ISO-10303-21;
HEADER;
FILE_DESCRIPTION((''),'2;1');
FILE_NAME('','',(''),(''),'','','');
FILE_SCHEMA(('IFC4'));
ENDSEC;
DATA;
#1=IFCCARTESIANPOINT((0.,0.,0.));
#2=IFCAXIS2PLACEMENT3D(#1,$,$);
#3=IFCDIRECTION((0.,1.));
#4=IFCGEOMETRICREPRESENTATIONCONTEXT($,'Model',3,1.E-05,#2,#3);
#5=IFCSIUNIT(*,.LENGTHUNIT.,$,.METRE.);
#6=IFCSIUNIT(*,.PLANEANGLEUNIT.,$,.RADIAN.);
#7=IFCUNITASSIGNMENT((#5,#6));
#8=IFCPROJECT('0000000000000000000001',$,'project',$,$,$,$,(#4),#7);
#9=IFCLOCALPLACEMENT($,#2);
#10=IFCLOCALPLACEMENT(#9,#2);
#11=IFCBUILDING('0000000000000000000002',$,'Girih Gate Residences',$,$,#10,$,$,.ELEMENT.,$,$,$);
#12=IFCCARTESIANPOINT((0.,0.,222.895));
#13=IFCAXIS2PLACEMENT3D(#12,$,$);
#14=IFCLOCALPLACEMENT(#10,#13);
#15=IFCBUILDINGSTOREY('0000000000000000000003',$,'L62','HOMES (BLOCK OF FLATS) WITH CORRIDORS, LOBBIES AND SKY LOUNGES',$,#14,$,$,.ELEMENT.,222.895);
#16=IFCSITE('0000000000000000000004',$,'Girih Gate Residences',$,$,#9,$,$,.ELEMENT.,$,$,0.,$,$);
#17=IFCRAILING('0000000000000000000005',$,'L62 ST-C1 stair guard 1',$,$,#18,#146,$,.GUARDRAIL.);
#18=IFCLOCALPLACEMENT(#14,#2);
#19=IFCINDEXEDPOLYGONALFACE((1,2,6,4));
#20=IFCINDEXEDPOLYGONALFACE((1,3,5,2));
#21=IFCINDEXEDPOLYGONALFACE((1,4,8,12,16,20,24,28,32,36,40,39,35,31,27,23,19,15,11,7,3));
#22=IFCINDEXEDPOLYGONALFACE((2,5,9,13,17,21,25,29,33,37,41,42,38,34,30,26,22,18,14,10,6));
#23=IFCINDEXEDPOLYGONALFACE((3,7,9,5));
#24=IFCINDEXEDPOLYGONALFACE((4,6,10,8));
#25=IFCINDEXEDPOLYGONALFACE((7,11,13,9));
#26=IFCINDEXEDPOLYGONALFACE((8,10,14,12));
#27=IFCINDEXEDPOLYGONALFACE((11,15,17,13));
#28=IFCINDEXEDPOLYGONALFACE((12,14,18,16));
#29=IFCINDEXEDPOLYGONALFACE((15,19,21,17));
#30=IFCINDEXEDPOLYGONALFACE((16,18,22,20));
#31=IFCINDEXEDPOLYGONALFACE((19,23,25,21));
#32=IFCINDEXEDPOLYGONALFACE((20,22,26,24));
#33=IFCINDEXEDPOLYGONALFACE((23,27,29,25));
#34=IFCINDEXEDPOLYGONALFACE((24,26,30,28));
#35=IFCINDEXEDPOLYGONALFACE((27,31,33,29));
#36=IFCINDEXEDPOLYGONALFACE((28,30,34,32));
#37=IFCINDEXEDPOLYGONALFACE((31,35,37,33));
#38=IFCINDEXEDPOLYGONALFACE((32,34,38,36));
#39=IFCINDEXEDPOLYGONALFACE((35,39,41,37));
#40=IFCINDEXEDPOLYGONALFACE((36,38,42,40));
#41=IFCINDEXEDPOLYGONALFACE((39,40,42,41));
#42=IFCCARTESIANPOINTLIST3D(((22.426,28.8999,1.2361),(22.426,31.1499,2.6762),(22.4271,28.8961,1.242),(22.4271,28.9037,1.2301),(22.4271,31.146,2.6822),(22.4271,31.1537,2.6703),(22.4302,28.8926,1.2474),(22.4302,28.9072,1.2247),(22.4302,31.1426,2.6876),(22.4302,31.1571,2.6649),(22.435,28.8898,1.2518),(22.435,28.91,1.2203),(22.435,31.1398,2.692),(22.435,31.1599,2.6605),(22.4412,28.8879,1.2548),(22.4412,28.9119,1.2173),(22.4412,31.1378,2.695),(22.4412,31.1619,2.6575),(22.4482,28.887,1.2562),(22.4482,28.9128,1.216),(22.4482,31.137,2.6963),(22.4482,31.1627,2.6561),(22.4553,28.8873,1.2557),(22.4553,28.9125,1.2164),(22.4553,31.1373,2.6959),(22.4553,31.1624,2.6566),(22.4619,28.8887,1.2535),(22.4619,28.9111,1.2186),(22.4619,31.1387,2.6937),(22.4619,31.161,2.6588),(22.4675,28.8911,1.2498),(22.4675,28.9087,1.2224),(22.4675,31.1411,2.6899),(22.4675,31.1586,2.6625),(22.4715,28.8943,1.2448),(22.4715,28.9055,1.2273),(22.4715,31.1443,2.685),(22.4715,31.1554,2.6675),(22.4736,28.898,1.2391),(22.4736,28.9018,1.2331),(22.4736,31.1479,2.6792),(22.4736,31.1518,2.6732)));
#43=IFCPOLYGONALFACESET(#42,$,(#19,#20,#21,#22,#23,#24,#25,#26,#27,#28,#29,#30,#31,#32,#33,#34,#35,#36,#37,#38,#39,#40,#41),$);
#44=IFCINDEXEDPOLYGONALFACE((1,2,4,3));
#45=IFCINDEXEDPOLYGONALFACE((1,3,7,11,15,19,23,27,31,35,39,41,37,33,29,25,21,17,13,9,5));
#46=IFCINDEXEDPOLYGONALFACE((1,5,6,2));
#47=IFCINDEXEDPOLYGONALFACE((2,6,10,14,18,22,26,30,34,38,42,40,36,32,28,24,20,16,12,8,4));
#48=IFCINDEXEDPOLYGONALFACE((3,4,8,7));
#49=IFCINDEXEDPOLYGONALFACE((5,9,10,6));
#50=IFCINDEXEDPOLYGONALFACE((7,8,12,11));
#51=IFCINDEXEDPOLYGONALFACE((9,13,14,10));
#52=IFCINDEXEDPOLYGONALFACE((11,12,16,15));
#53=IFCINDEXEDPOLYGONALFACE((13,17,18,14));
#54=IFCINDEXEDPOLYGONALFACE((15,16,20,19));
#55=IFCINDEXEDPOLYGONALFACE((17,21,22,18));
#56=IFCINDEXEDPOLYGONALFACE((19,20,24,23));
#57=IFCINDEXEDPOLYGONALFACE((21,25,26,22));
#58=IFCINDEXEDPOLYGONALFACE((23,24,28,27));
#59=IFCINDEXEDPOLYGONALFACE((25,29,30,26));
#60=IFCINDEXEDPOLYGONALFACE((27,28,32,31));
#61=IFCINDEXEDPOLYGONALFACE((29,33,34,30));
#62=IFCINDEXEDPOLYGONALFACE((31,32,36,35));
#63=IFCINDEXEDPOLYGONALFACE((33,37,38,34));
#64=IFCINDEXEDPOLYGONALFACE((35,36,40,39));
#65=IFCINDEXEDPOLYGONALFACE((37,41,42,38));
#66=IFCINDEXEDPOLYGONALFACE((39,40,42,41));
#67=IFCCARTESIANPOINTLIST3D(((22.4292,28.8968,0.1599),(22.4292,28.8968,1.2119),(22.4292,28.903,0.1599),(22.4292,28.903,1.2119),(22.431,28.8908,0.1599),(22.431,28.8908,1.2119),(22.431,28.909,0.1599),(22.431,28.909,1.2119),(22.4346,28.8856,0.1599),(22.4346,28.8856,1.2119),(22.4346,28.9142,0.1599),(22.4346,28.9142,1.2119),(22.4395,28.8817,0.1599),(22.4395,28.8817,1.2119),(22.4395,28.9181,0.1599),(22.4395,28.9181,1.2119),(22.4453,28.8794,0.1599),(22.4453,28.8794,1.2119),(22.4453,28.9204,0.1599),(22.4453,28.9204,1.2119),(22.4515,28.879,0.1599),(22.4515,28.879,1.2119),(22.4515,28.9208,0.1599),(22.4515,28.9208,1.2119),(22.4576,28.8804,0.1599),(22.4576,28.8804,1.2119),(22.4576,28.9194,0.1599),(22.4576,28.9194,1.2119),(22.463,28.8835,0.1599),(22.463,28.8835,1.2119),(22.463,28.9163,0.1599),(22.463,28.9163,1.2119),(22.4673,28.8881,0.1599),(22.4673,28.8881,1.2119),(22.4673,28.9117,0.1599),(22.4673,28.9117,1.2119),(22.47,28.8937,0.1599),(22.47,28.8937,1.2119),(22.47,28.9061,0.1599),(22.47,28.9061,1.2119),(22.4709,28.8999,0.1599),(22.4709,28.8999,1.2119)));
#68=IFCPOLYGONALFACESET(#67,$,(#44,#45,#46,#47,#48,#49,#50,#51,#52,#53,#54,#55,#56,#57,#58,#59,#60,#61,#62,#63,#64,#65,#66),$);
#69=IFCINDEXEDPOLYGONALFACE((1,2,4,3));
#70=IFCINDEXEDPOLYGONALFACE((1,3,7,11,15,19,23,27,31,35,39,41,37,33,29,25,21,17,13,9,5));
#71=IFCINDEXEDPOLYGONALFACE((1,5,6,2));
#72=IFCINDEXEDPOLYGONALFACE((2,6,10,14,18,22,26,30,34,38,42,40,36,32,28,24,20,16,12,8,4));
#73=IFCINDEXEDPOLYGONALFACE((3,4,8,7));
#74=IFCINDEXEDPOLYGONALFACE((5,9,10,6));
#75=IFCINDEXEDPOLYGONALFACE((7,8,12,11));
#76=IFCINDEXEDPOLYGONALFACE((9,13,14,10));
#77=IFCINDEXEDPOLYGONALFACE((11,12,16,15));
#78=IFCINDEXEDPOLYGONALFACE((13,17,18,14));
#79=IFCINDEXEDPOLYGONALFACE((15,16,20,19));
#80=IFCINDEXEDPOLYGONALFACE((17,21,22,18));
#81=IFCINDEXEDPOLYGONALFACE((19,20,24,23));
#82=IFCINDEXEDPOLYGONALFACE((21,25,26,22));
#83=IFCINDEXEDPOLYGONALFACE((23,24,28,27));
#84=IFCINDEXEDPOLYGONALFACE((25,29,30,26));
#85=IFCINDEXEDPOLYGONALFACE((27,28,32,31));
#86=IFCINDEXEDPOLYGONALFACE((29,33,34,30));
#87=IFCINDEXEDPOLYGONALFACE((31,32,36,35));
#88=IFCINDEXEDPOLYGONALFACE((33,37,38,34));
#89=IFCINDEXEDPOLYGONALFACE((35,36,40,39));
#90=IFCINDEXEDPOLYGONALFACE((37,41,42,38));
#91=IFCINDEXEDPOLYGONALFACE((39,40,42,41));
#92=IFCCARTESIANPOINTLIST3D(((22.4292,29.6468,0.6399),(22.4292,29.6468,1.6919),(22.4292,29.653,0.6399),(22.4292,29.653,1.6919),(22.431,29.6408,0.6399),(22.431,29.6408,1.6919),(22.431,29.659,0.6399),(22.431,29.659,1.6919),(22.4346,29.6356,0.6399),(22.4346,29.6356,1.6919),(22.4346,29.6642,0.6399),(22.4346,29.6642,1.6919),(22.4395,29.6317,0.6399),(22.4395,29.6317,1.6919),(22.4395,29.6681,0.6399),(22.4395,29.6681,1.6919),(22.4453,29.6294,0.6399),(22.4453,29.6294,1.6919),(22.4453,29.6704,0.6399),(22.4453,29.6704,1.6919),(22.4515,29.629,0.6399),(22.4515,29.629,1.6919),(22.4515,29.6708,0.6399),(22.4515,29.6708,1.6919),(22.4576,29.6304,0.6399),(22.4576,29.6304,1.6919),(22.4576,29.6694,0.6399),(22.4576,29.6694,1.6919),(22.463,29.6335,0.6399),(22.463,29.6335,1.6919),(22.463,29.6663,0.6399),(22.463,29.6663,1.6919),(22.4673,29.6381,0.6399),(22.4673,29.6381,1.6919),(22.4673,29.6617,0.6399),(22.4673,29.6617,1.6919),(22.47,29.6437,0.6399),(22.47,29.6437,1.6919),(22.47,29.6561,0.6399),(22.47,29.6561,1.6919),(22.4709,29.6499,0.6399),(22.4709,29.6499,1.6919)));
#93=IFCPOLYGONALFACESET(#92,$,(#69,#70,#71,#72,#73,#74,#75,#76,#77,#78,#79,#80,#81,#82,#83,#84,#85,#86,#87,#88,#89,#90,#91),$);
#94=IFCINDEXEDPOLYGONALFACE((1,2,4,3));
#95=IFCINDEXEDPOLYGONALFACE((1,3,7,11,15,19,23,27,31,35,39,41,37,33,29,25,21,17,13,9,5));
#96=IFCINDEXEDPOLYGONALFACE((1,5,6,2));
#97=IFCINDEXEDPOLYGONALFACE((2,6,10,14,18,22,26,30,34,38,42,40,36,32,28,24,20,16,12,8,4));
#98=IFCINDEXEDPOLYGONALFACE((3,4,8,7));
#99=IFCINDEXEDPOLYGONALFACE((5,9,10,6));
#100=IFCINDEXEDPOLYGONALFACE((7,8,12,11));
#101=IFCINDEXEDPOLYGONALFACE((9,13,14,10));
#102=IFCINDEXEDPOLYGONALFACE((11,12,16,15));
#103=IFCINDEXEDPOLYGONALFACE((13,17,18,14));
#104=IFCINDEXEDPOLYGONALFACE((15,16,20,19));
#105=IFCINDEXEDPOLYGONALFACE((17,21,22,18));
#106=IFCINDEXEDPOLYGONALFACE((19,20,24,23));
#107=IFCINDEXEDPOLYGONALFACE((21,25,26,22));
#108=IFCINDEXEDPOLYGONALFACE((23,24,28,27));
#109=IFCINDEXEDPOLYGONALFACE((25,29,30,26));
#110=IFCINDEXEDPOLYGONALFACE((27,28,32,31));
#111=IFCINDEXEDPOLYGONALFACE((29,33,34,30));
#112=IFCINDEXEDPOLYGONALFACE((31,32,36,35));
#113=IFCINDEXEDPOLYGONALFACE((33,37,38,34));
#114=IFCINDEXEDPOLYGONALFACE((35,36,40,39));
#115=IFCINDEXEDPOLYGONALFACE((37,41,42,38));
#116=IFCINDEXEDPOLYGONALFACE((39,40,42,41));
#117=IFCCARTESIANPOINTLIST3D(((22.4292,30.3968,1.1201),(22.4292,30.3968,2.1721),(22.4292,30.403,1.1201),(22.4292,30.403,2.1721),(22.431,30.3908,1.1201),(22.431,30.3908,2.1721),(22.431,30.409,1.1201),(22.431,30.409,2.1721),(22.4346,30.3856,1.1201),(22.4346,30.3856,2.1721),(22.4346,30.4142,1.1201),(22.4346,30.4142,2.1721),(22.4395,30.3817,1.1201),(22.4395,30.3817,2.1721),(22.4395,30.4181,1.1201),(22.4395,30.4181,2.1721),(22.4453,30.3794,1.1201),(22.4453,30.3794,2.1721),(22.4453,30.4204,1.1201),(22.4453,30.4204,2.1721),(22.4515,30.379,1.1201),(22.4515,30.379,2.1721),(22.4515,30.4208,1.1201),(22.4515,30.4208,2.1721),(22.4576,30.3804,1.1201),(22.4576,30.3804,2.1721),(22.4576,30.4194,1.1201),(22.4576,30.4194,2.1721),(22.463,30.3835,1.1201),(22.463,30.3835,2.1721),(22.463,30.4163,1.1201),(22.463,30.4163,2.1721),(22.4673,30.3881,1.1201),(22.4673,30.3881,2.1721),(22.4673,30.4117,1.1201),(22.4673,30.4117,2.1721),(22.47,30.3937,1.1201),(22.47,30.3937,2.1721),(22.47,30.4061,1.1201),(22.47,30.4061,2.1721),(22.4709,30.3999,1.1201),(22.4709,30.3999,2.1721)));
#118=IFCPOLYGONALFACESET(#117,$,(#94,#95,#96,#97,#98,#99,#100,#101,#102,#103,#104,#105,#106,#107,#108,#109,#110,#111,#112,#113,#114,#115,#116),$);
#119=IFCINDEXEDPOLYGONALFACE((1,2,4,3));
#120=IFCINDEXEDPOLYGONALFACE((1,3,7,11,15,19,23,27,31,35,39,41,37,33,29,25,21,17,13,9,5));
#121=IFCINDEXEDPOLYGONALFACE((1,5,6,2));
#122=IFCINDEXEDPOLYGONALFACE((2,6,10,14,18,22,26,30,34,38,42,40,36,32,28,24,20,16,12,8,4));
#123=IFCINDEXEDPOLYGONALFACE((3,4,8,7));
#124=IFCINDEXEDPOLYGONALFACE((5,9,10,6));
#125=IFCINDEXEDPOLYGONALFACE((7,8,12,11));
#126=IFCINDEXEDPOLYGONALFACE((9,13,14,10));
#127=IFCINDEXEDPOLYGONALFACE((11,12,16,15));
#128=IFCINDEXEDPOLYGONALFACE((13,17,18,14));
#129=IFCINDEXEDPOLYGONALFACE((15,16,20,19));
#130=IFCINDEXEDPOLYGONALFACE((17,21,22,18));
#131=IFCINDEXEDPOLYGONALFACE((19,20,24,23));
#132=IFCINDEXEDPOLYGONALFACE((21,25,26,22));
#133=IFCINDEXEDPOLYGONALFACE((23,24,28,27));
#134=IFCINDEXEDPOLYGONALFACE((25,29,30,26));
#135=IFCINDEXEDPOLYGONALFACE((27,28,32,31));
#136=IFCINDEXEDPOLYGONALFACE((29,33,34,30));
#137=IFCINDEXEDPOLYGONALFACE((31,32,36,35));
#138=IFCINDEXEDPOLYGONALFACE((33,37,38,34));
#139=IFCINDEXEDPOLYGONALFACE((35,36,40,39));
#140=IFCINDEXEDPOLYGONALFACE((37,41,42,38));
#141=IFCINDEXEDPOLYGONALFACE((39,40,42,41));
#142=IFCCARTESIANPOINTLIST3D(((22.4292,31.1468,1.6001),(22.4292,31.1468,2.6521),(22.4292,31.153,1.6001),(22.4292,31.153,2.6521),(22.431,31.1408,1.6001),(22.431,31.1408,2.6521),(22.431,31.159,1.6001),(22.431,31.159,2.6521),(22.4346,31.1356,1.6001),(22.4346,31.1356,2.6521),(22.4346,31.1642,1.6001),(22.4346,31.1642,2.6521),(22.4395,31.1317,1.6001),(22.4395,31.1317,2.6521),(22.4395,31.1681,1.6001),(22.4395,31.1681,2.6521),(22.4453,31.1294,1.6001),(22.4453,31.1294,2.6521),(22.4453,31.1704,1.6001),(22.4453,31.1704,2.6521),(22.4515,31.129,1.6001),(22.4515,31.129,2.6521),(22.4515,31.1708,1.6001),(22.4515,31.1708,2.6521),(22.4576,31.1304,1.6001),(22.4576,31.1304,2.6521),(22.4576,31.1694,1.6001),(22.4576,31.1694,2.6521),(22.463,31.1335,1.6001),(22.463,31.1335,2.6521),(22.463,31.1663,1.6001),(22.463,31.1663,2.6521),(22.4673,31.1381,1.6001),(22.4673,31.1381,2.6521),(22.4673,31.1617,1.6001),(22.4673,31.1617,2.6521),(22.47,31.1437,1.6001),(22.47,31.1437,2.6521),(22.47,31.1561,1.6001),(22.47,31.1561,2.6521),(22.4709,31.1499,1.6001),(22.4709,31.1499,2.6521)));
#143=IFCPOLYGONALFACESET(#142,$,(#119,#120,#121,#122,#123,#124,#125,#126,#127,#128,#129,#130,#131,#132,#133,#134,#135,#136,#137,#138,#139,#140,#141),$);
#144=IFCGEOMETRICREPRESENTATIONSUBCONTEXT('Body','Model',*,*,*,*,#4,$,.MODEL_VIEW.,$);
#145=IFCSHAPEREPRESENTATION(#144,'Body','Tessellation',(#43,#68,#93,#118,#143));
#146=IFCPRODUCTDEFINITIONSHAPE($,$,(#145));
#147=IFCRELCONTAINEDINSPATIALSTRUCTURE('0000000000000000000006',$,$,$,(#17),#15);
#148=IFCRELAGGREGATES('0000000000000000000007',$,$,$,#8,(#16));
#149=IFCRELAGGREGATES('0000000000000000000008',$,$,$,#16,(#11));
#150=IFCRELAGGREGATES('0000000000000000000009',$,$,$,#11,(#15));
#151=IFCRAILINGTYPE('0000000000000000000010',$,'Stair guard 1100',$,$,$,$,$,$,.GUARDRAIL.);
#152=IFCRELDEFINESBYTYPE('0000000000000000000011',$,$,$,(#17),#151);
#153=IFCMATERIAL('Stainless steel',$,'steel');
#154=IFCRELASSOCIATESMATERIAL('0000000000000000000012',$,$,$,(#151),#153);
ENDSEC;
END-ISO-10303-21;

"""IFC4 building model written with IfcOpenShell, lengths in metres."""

from ifc_helpers import new_model, si_unit, direction, frame, origin, origin_2d, place, context, subcontext, project, spatial, circle, extrude, material, type_object, element, save


model = new_model("IFC4")

# Units and contexts
model_context = context("Model", 3, precision=1e-05, world=origin(), true_north=direction((0.0, 1.0)))
body_context = subcontext(model_context, "Body", "Model", "MODEL_VIEW")
ifc_project = project(units=[si_unit("LENGTHUNIT", "METRE"), si_unit("PLANEANGLEUNIT", "RADIAN")], contexts=[model_context])

# Site, building, storey
site_placement = place(None, origin())
site = spatial("IfcSite", under=ifc_project, at=site_placement, Name="Girih Gate Residences", CompositionType="ELEMENT", RefElevation=0.0)
building_placement = place(site_placement, origin())
building = spatial("IfcBuilding", under=site, at=building_placement, Name="Girih Gate Residences", CompositionType="ELEMENT")
storey_placement = place(building_placement, frame((0.0, 0.0, 222.895)))
storey = spatial("IfcBuildingStorey", under=building, at=storey_placement, Name="L62", Description="HOMES (BLOCK OF FLATS) WITH CORRIDORS, LOBBIES AND SKY LOUNGES", CompositionType="ELEMENT", Elevation=222.895)

# Railing
ifc_material_1 = material(Name="Stainless steel", Category="steel")
railing_type_1 = type_object("IfcRailingType", Name="Stair guard 1100", PredefinedType="GUARDRAIL", material=ifc_material_1)
railing_1_placement = place(storey_placement, frame((22.45, 28.8999, 0.1599)))
element("IfcRailing", 1, at=railing_1_placement, inside=storey, type_object=railing_type_1, Name="L62 ST-C1 stair guard 1", PredefinedType="GUARDRAIL", context=body_context, shape_type="SweptSolid", body=[
    extrude(circle(Radius=0.0239, at=origin_2d()), frame((0.0, 0.0, 1.0762), z_axis=(0.0, 0.84224, 0.539103), x_axis=(-1.0, 0.0, 0.0)), (0.0, 0.0, 1.0), 2.6714),
    extrude(circle(Radius=0.021, at=origin_2d()), origin(), (0.0, 0.0, 1.0), 1.052),
    extrude(circle(Radius=0.021, at=origin_2d()), frame((0.0, 0.75, 0.48)), (0.0, 0.0, 1.0), 1.052),
    extrude(circle(Radius=0.021, at=origin_2d()), frame((0.0, 1.5, 0.9602)), (0.0, 0.0, 1.0), 1.052),
    extrude(circle(Radius=0.021, at=origin_2d()), frame((0.0, 2.25, 1.4402)), (0.0, 0.0, 1.0), 1.052),
])

save(model, "model.ifc")
